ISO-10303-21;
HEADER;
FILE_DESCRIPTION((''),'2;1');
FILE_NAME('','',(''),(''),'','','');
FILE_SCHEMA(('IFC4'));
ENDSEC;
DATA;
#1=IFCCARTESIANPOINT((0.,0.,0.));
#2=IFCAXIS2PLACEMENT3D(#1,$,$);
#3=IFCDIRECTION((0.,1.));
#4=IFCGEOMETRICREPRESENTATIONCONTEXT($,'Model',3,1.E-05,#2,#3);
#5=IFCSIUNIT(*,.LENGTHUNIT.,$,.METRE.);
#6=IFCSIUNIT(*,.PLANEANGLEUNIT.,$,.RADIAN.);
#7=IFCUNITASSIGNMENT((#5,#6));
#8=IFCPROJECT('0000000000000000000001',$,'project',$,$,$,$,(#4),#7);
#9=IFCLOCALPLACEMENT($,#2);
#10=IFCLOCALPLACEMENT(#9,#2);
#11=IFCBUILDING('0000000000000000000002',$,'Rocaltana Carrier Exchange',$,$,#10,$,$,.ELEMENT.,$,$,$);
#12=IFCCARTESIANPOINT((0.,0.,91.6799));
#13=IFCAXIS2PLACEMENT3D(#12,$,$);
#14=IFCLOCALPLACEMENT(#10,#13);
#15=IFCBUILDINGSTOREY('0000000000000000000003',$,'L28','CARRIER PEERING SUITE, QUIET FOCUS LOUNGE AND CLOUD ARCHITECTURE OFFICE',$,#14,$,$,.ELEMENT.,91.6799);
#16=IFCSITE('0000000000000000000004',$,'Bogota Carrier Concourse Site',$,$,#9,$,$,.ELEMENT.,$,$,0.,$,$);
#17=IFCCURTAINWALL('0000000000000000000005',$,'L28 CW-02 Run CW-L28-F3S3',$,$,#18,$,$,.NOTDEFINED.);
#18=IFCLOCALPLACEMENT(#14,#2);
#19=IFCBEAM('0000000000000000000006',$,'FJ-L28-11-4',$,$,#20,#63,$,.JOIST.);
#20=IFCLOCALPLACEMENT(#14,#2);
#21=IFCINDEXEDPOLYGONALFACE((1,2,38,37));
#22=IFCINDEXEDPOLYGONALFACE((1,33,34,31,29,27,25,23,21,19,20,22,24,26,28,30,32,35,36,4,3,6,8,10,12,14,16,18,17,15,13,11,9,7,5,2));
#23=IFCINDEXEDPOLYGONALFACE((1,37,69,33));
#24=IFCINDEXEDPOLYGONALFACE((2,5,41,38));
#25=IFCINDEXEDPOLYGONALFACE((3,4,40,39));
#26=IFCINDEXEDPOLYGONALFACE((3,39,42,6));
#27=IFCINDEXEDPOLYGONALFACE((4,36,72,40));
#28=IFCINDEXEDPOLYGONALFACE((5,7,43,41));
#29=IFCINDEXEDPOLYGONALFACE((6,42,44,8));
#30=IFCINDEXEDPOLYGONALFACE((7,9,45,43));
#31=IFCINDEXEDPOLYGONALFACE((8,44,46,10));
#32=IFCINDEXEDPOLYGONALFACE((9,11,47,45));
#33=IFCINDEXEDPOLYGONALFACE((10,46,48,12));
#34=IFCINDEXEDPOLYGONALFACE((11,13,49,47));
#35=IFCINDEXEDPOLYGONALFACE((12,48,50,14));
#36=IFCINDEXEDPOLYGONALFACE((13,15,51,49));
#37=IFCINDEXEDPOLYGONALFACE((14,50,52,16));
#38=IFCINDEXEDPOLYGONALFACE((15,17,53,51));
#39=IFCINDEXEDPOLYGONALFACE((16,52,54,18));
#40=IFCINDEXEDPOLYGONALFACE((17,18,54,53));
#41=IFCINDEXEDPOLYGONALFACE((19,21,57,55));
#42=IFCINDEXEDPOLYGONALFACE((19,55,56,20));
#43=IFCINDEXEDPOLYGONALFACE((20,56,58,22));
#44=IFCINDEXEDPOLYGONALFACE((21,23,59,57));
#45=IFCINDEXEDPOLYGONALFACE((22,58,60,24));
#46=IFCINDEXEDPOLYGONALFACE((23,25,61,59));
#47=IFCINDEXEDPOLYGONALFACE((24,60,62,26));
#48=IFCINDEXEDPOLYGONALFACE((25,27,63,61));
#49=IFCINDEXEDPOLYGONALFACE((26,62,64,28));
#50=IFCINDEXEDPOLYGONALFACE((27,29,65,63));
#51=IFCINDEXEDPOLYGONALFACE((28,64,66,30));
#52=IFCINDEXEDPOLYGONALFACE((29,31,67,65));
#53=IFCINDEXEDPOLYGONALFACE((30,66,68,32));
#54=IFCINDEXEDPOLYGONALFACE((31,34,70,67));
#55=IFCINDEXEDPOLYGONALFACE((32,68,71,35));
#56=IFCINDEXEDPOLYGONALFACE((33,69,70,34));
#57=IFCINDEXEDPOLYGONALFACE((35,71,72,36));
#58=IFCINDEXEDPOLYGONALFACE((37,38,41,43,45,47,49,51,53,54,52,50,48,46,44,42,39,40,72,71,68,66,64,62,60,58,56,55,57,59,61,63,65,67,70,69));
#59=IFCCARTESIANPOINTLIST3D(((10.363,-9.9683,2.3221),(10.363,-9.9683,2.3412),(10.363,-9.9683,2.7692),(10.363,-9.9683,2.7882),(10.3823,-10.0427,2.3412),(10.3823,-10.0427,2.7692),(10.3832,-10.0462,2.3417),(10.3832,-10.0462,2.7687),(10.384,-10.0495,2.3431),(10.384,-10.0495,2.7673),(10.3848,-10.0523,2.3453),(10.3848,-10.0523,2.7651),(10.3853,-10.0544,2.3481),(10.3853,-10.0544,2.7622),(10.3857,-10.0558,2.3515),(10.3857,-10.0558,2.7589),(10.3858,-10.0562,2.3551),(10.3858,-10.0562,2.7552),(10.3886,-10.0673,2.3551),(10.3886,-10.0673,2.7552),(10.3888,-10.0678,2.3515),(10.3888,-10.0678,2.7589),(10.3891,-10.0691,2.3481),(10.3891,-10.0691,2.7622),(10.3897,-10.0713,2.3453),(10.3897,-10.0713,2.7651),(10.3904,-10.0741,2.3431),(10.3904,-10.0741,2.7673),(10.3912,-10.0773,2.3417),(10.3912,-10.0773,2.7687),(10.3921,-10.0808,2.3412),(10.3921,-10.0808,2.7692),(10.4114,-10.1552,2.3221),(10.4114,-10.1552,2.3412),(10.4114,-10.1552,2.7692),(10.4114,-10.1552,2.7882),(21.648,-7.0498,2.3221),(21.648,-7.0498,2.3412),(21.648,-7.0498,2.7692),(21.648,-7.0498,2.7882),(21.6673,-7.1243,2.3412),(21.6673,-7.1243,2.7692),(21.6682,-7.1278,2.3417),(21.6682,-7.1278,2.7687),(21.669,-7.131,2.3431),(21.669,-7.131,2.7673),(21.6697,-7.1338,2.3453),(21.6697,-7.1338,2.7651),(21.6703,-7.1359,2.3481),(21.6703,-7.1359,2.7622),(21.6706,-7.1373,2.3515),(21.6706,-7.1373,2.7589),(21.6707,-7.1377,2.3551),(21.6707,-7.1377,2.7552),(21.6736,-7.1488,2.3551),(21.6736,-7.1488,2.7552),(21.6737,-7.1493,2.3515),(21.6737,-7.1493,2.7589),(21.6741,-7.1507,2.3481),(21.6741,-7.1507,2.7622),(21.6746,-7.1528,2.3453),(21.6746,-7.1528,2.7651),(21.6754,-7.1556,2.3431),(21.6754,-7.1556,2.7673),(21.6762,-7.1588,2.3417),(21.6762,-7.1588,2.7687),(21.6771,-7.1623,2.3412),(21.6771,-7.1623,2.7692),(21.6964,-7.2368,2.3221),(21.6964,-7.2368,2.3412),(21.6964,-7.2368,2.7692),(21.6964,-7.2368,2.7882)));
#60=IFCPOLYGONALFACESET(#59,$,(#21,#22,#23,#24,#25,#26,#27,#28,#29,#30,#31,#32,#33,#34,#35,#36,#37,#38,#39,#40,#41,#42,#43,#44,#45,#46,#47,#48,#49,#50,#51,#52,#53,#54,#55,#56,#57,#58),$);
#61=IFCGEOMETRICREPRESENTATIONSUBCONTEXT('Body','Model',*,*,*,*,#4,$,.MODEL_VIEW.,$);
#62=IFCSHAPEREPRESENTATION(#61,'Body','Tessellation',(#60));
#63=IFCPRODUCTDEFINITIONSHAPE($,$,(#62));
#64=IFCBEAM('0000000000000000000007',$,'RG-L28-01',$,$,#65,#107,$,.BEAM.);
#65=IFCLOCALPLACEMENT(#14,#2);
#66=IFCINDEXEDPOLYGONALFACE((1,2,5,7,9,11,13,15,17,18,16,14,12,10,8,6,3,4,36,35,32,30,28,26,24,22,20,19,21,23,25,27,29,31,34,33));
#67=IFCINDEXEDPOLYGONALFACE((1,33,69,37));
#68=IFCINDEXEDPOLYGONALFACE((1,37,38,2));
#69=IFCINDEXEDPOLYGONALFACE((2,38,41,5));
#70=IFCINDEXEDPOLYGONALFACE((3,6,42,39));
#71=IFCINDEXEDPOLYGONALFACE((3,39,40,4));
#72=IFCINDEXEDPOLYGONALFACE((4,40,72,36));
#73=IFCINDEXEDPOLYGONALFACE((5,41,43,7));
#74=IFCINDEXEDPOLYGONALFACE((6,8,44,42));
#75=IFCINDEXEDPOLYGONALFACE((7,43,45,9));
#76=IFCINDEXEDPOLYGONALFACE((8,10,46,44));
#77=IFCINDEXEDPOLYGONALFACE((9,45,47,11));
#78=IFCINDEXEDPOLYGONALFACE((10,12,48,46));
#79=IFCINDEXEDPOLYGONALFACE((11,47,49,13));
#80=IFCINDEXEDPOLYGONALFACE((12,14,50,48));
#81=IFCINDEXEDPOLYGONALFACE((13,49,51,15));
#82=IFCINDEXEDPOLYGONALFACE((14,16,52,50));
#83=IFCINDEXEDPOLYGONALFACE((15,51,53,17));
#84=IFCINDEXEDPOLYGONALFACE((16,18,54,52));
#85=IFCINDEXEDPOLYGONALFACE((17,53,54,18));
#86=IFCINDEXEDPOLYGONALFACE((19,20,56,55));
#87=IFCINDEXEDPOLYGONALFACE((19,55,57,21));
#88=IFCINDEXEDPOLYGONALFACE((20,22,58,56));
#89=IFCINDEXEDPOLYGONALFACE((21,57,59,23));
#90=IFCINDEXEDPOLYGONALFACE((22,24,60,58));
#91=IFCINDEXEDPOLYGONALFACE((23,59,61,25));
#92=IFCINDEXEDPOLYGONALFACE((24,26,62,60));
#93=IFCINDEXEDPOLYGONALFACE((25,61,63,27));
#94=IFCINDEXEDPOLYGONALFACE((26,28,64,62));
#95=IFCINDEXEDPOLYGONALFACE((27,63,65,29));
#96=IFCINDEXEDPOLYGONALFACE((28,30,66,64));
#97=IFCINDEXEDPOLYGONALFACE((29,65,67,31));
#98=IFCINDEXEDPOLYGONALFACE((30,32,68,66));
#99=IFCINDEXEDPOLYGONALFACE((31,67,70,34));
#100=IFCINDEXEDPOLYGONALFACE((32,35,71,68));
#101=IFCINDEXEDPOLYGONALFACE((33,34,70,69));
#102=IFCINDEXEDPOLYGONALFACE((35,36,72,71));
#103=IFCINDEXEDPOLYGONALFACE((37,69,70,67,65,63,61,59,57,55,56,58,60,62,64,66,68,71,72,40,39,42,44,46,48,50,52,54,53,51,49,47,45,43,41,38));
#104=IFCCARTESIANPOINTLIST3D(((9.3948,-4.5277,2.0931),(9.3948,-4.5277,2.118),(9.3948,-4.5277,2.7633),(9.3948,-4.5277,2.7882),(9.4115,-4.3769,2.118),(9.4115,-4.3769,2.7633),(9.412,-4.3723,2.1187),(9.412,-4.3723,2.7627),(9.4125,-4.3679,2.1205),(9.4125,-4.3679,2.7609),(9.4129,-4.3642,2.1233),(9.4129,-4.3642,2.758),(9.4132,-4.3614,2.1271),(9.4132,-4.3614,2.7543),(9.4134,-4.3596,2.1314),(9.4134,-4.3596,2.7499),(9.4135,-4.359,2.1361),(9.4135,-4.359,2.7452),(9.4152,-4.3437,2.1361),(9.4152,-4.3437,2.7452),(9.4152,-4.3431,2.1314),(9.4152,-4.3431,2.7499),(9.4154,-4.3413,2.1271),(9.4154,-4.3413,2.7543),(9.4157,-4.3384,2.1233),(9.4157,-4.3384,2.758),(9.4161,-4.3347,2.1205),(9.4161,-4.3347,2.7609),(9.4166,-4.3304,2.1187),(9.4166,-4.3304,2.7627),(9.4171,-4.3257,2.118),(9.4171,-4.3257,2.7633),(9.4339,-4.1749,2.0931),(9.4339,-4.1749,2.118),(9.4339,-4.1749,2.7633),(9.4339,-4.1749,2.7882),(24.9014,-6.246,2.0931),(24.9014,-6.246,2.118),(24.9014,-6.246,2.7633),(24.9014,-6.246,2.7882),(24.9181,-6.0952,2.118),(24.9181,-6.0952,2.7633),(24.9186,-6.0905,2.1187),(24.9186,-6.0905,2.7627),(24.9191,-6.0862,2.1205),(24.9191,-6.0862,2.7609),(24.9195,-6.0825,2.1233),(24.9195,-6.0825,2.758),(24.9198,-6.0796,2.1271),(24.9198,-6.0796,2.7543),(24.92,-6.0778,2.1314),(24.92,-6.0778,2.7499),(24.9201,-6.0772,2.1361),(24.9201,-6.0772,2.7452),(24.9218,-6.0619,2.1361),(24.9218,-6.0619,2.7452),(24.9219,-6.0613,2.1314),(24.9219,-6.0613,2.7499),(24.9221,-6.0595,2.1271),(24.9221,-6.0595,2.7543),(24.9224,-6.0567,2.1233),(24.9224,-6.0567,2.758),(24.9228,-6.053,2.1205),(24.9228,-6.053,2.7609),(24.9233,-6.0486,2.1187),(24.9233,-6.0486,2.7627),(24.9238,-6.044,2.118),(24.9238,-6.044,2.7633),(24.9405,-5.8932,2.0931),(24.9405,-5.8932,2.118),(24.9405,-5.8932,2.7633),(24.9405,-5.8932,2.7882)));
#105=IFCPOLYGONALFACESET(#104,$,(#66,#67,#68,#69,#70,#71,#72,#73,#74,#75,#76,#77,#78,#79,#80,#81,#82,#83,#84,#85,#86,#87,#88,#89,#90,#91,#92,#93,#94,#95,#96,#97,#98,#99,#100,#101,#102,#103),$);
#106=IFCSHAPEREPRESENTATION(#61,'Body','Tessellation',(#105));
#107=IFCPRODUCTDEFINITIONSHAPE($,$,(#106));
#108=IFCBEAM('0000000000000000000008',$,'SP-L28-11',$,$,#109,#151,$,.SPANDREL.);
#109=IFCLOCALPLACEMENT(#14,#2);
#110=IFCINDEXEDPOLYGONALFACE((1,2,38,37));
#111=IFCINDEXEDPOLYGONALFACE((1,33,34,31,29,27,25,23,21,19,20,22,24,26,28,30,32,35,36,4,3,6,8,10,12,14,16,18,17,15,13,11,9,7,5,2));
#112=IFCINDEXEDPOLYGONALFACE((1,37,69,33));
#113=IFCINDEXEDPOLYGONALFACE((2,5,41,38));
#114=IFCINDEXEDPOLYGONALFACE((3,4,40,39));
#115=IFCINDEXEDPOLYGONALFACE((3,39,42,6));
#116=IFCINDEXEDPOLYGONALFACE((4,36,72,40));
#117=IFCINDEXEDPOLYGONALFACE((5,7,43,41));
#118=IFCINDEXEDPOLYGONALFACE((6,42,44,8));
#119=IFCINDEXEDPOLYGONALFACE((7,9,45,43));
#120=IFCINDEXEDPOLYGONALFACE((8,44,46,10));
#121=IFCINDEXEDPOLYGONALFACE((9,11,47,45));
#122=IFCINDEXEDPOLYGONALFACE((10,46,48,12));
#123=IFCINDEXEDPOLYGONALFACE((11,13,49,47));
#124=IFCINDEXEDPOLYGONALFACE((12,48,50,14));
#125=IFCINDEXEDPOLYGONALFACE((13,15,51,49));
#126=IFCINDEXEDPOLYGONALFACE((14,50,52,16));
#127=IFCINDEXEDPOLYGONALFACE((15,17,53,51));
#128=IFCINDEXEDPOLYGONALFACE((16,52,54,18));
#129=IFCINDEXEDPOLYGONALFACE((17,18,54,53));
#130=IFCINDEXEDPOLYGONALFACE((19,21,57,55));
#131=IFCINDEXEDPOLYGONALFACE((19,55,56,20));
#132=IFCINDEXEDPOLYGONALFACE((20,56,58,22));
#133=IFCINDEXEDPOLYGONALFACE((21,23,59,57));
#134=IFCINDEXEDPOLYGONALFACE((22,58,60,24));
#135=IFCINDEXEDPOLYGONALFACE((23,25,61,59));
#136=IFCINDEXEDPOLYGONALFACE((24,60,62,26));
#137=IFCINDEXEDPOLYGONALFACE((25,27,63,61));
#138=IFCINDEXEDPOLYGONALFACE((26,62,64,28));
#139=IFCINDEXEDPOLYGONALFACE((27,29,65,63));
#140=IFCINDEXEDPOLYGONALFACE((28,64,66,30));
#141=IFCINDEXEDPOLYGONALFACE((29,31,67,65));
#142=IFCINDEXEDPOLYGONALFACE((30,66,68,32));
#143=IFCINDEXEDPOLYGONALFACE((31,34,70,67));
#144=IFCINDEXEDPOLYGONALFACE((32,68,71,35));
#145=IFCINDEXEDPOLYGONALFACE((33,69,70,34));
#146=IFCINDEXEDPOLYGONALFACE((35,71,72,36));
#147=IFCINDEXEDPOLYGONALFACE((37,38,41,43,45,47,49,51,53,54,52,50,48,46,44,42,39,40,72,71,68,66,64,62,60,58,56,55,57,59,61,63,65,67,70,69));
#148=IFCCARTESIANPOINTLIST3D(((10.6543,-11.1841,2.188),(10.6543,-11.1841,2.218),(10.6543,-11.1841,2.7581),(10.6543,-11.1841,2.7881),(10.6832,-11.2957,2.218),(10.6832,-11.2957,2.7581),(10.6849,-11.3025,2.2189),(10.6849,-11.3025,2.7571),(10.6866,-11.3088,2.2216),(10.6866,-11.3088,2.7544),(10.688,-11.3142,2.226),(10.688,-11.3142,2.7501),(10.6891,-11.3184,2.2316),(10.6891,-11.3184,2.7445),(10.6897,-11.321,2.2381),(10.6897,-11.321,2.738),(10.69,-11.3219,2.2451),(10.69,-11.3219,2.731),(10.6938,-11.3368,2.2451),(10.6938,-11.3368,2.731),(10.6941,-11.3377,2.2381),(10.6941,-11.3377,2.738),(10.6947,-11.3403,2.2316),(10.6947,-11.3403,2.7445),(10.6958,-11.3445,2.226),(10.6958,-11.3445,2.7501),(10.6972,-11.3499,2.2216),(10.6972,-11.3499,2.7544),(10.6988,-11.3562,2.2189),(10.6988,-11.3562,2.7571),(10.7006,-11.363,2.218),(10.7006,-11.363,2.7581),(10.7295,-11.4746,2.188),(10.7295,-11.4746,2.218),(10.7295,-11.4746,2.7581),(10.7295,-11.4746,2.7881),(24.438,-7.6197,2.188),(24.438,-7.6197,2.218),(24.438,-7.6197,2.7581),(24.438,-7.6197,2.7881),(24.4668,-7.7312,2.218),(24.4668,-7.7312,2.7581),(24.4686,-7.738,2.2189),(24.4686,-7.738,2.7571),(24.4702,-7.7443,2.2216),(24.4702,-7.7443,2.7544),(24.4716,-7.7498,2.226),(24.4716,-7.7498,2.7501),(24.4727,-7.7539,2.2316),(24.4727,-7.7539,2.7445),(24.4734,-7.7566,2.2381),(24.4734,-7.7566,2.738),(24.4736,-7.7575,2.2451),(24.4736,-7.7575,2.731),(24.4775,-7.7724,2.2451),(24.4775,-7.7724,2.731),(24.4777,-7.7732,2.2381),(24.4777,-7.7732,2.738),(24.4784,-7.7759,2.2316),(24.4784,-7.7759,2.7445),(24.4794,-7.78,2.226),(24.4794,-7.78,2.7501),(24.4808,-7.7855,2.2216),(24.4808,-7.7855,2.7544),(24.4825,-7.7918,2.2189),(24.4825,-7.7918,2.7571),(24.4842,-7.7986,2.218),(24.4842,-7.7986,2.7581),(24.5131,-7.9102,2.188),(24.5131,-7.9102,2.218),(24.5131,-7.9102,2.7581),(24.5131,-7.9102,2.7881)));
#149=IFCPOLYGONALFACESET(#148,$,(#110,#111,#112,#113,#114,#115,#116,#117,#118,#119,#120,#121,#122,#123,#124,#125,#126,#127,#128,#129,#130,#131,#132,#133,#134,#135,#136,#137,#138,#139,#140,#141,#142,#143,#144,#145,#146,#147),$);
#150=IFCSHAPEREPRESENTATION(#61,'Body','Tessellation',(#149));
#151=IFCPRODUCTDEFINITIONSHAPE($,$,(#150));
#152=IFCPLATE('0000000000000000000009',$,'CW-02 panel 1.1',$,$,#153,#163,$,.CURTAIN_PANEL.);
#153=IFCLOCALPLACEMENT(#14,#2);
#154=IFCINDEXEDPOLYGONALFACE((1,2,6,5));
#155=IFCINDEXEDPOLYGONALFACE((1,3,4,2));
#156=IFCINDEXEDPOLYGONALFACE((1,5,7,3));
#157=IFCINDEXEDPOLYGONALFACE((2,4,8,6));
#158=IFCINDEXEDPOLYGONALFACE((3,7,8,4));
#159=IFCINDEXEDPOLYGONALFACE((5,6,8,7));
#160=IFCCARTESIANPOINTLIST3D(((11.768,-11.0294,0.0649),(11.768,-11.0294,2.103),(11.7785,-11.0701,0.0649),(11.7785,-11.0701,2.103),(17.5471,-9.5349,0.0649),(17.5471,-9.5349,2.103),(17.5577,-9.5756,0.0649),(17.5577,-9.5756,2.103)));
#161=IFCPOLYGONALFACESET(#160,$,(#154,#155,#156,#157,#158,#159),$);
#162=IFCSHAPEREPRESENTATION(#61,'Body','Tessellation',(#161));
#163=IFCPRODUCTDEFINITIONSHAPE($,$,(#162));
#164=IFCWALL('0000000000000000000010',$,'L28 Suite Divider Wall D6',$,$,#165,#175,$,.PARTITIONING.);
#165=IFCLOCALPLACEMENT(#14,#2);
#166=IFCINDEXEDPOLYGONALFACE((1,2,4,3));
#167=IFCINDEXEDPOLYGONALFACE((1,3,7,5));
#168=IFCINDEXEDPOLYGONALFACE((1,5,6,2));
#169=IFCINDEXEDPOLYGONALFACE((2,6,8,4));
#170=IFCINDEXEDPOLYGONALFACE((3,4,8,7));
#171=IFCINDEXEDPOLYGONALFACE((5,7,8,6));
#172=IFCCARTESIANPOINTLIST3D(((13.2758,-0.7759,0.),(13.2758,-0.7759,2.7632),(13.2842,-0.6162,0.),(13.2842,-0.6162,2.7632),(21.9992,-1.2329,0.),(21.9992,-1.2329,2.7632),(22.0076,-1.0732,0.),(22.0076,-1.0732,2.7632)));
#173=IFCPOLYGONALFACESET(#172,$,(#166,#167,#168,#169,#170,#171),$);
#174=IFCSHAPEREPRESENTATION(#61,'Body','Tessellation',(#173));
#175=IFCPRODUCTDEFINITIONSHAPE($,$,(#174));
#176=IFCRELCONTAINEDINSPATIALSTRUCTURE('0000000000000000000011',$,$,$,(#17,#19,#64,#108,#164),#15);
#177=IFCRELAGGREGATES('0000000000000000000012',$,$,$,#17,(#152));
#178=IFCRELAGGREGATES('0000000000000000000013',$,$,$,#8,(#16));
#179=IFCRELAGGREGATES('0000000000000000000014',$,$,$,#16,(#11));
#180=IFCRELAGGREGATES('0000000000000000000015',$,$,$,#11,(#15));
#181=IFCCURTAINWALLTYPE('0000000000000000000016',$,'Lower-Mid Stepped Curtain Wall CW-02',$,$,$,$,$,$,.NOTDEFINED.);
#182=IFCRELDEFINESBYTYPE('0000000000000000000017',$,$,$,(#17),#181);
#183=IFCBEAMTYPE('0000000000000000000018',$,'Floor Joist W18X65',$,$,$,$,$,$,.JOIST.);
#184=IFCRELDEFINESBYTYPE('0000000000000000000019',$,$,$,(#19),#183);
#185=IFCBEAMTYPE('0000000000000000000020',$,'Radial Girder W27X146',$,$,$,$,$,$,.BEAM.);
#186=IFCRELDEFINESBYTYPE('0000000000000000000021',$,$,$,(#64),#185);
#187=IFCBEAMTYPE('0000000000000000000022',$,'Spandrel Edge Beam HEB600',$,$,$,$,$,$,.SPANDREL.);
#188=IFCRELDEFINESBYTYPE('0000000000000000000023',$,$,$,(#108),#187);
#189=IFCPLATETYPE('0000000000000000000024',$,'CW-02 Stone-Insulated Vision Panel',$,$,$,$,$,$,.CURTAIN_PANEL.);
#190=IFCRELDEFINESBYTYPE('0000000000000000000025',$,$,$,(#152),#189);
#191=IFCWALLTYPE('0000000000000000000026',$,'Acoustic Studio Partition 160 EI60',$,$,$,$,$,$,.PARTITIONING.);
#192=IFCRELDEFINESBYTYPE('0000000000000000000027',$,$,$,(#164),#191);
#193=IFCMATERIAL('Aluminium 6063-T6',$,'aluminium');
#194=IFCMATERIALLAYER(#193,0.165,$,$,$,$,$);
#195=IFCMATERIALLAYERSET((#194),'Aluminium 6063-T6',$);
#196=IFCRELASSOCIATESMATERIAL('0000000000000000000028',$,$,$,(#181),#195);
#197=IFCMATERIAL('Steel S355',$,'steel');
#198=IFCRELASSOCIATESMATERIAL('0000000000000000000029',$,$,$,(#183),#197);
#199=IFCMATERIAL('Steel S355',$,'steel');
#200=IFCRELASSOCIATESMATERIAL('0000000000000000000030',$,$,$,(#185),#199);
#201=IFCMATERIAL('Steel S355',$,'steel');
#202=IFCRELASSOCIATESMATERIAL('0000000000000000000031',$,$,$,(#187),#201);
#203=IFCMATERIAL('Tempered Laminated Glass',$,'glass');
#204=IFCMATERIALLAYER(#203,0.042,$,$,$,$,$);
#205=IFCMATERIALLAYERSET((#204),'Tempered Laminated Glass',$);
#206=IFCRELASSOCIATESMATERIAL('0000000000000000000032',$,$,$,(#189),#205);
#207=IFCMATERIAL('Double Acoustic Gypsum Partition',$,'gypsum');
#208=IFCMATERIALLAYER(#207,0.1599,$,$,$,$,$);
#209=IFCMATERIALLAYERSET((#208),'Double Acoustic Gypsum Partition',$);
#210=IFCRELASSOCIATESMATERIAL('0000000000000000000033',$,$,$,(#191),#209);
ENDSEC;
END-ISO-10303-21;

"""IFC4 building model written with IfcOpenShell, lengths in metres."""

from ifc_helpers import new_model, si_unit, direction, frame, frame_2d, origin, origin_2d, place, context, subcontext, project, spatial, rectangle, i_section, extrude, material, layer, layer_set, material_profile, profile_set, type_object, element, aggregate, save


model = new_model("IFC4")

# Units and contexts
model_context = context("Model", 3, precision=1e-05, world=origin(), true_north=direction((0.0, 1.0)))
body_context = subcontext(model_context, "Body", "Model", "MODEL_VIEW")
ifc_project = project(units=[si_unit("LENGTHUNIT", "METRE"), si_unit("PLANEANGLEUNIT", "RADIAN")], contexts=[model_context])

# Site, building, storey
site_placement = place(None, origin())
site = spatial("IfcSite", under=ifc_project, at=site_placement, Name="Bogota Carrier Concourse Site", CompositionType="ELEMENT", RefElevation=0.0)
building_placement = place(site_placement, origin())
building = spatial("IfcBuilding", under=site, at=building_placement, Name="Rocaltana Carrier Exchange", CompositionType="ELEMENT")
storey_placement = place(building_placement, frame((0.0, 0.0, 91.6799)))
storey = spatial("IfcBuildingStorey", under=building, at=storey_placement, Name="L28", Description="CARRIER PEERING SUITE, QUIET FOCUS LOUNGE AND CLOUD ARCHITECTURE OFFICE", CompositionType="ELEMENT", Elevation=91.6799)

# Curtain wall
ifc_material_1 = material(Name="Aluminium 6063-T6", Category="aluminium")
ifc_layer_1 = layer(ifc_material_1, 0.165)
ifc_layer_set_1 = layer_set([ifc_layer_1], Name="Aluminium 6063-T6")
curtain_wall_type = type_object("IfcCurtainWallType", Name="Lower-Mid Stepped Curtain Wall CW-02", PredefinedType="NOTDEFINED", material=ifc_layer_set_1)
curtain_wall_placement = place(storey_placement, origin())
curtain_wall = element("IfcCurtainWall", 1, at=curtain_wall_placement, inside=storey, type_object=curtain_wall_type, Name="L28 CW-02 Run CW-L28-F3S3", PredefinedType="NOTDEFINED")

# Beams
ifc_material_2 = material(Name="Steel S355", Category="steel")
ifc_material_profile_1 = material_profile(ifc_material_2, i_section(OverallWidth=0.1931, OverallDepth=0.4661, WebThickness=0.0115, FlangeThickness=0.019, FilletRadius=0.0139, at=origin_2d()), Name="W18X65")
ifc_profile_set_1 = profile_set([ifc_material_profile_1], Name="Steel S355")
beam_type_1 = type_object("IfcBeamType", Name="Floor Joist W18X65", PredefinedType="JOIST", material=ifc_profile_set_1)
beam_1_placement = place(storey_placement, frame((10.3872, -10.0618, 2.5552), z_axis=(0.968148, 0.250378, 0.0), x_axis=(-0.250378, 0.968148, 0.0)))
element("IfcBeam", 2, at=beam_1_placement, inside=storey, type_object=beam_type_1, Name="FJ-L28-11-4", PredefinedType="JOIST", context=body_context, shape_type="SweptSolid", body=[
    extrude(i_section(OverallWidth=0.1931, OverallDepth=0.4661, WebThickness=0.0115, FlangeThickness=0.019, FilletRadius=0.0139, at=origin_2d()), origin(), (0.0, 0.0, 1.0), 11.6562),
])
ifc_material_3 = material(Name="Steel S355", Category="steel")
ifc_material_profile_2 = material_profile(ifc_material_3, i_section(OverallWidth=0.355, OverallDepth=0.6951, WebThickness=0.0154, FlangeThickness=0.0249, FilletRadius=0.0181, at=origin_2d()), Name="W27X146")
ifc_profile_set_2 = profile_set([ifc_material_profile_2], Name="Steel S355")
beam_type_2 = type_object("IfcBeamType", Name="Radial Girder W27X146", PredefinedType="BEAM", material=ifc_profile_set_2)
beam_2_placement = place(storey_placement, frame((9.4143, -4.3513, 2.4407), z_axis=(0.993917, -0.110134, 0.0), x_axis=(0.110134, 0.993917, 0.0)))
element("IfcBeam", 3, at=beam_2_placement, inside=storey, type_object=beam_type_2, Name="RG-L28-01", PredefinedType="BEAM", context=body_context, shape_type="SweptSolid", body=[
    extrude(i_section(OverallWidth=0.355, OverallDepth=0.6951, WebThickness=0.0154, FlangeThickness=0.0249, FilletRadius=0.0181, at=origin_2d()), origin(), (0.0, 0.0, 1.0), 15.6016),
])
ifc_material_4 = material(Name="Steel S355", Category="steel")
ifc_material_profile_3 = material_profile(ifc_material_4, i_section(OverallWidth=0.3, OverallDepth=0.6001, WebThickness=0.0154, FlangeThickness=0.03, FilletRadius=0.0271, at=origin_2d()), Name="HEB600")
ifc_profile_set_3 = profile_set([ifc_material_profile_3], Name="Steel S355")
beam_type_3 = type_object("IfcBeamType", Name="Spandrel Edge Beam HEB600", PredefinedType="SPANDREL", material=ifc_profile_set_3)
beam_3_placement = place(storey_placement, frame((10.6919, -11.3293, 2.488), z_axis=(0.968152, 0.250363, 0.0), x_axis=(-0.250363, 0.968152, 0.0)))
element("IfcBeam", 4, at=beam_3_placement, inside=storey, type_object=beam_type_3, Name="SP-L28-11", PredefinedType="SPANDREL", context=body_context, shape_type="SweptSolid", body=[
    extrude(i_section(OverallWidth=0.3, OverallDepth=0.6001, WebThickness=0.0154, FlangeThickness=0.03, FilletRadius=0.0271, at=origin_2d()), origin(), (0.0, 0.0, 1.0), 14.2371),
])

# Plate
ifc_material_5 = material(Name="Tempered Laminated Glass", Category="glass")
ifc_layer_2 = layer(ifc_material_5, 0.042)
ifc_layer_set_2 = layer_set([ifc_layer_2], Name="Tempered Laminated Glass")
plate_type = type_object("IfcPlateType", Name="CW-02 Stone-Insulated Vision Panel", PredefinedType="CURTAIN_PANEL", material=ifc_layer_set_2)
plate_placement = place(storey_placement, frame((14.6628, -10.3025, 0.0649), z_axis=(0.0, 0.0, 1.0), x_axis=(0.96815, 0.25037, 0.0)))
plate = element("IfcPlate", 5, at=plate_placement, type_object=plate_type, Name="CW-02 panel 1.1", PredefinedType="CURTAIN_PANEL", context=body_context, shape_type="SweptSolid", body=[
    extrude(rectangle(XDim=5.9692, YDim=0.042, at=origin_2d()), origin(), (0.0, 0.0, 1.0), 2.0381),
])
aggregate(curtain_wall, [plate])

# Wall
ifc_material_6 = material(Name="Double Acoustic Gypsum Partition", Category="gypsum")
ifc_layer_3 = layer(ifc_material_6, 0.1599)
ifc_layer_set_3 = layer_set([ifc_layer_3], Name="Double Acoustic Gypsum Partition")
wall_type_1 = type_object("IfcWallType", Name="Acoustic Studio Partition 160 EI60", PredefinedType="PARTITIONING", material=ifc_layer_set_3)
wall_1_placement = place(storey_placement, frame((13.28, -0.696, 0.0), z_axis=(0.0, 0.0, 1.0), x_axis=(0.99863, -0.05232, 0.0)))
element("IfcWall", 6, at=wall_1_placement, inside=storey, type_object=wall_type_1, Name="L28 Suite Divider Wall D6", PredefinedType="PARTITIONING", context=body_context, shape_type="SweptSolid", body=[
    extrude(rectangle(XDim=8.7354, YDim=0.1599, at=frame_2d((4.3677, 0.0))), origin(), (0.0, 0.0, 1.0), 2.7632),
])

save(model, "model.ifc")
